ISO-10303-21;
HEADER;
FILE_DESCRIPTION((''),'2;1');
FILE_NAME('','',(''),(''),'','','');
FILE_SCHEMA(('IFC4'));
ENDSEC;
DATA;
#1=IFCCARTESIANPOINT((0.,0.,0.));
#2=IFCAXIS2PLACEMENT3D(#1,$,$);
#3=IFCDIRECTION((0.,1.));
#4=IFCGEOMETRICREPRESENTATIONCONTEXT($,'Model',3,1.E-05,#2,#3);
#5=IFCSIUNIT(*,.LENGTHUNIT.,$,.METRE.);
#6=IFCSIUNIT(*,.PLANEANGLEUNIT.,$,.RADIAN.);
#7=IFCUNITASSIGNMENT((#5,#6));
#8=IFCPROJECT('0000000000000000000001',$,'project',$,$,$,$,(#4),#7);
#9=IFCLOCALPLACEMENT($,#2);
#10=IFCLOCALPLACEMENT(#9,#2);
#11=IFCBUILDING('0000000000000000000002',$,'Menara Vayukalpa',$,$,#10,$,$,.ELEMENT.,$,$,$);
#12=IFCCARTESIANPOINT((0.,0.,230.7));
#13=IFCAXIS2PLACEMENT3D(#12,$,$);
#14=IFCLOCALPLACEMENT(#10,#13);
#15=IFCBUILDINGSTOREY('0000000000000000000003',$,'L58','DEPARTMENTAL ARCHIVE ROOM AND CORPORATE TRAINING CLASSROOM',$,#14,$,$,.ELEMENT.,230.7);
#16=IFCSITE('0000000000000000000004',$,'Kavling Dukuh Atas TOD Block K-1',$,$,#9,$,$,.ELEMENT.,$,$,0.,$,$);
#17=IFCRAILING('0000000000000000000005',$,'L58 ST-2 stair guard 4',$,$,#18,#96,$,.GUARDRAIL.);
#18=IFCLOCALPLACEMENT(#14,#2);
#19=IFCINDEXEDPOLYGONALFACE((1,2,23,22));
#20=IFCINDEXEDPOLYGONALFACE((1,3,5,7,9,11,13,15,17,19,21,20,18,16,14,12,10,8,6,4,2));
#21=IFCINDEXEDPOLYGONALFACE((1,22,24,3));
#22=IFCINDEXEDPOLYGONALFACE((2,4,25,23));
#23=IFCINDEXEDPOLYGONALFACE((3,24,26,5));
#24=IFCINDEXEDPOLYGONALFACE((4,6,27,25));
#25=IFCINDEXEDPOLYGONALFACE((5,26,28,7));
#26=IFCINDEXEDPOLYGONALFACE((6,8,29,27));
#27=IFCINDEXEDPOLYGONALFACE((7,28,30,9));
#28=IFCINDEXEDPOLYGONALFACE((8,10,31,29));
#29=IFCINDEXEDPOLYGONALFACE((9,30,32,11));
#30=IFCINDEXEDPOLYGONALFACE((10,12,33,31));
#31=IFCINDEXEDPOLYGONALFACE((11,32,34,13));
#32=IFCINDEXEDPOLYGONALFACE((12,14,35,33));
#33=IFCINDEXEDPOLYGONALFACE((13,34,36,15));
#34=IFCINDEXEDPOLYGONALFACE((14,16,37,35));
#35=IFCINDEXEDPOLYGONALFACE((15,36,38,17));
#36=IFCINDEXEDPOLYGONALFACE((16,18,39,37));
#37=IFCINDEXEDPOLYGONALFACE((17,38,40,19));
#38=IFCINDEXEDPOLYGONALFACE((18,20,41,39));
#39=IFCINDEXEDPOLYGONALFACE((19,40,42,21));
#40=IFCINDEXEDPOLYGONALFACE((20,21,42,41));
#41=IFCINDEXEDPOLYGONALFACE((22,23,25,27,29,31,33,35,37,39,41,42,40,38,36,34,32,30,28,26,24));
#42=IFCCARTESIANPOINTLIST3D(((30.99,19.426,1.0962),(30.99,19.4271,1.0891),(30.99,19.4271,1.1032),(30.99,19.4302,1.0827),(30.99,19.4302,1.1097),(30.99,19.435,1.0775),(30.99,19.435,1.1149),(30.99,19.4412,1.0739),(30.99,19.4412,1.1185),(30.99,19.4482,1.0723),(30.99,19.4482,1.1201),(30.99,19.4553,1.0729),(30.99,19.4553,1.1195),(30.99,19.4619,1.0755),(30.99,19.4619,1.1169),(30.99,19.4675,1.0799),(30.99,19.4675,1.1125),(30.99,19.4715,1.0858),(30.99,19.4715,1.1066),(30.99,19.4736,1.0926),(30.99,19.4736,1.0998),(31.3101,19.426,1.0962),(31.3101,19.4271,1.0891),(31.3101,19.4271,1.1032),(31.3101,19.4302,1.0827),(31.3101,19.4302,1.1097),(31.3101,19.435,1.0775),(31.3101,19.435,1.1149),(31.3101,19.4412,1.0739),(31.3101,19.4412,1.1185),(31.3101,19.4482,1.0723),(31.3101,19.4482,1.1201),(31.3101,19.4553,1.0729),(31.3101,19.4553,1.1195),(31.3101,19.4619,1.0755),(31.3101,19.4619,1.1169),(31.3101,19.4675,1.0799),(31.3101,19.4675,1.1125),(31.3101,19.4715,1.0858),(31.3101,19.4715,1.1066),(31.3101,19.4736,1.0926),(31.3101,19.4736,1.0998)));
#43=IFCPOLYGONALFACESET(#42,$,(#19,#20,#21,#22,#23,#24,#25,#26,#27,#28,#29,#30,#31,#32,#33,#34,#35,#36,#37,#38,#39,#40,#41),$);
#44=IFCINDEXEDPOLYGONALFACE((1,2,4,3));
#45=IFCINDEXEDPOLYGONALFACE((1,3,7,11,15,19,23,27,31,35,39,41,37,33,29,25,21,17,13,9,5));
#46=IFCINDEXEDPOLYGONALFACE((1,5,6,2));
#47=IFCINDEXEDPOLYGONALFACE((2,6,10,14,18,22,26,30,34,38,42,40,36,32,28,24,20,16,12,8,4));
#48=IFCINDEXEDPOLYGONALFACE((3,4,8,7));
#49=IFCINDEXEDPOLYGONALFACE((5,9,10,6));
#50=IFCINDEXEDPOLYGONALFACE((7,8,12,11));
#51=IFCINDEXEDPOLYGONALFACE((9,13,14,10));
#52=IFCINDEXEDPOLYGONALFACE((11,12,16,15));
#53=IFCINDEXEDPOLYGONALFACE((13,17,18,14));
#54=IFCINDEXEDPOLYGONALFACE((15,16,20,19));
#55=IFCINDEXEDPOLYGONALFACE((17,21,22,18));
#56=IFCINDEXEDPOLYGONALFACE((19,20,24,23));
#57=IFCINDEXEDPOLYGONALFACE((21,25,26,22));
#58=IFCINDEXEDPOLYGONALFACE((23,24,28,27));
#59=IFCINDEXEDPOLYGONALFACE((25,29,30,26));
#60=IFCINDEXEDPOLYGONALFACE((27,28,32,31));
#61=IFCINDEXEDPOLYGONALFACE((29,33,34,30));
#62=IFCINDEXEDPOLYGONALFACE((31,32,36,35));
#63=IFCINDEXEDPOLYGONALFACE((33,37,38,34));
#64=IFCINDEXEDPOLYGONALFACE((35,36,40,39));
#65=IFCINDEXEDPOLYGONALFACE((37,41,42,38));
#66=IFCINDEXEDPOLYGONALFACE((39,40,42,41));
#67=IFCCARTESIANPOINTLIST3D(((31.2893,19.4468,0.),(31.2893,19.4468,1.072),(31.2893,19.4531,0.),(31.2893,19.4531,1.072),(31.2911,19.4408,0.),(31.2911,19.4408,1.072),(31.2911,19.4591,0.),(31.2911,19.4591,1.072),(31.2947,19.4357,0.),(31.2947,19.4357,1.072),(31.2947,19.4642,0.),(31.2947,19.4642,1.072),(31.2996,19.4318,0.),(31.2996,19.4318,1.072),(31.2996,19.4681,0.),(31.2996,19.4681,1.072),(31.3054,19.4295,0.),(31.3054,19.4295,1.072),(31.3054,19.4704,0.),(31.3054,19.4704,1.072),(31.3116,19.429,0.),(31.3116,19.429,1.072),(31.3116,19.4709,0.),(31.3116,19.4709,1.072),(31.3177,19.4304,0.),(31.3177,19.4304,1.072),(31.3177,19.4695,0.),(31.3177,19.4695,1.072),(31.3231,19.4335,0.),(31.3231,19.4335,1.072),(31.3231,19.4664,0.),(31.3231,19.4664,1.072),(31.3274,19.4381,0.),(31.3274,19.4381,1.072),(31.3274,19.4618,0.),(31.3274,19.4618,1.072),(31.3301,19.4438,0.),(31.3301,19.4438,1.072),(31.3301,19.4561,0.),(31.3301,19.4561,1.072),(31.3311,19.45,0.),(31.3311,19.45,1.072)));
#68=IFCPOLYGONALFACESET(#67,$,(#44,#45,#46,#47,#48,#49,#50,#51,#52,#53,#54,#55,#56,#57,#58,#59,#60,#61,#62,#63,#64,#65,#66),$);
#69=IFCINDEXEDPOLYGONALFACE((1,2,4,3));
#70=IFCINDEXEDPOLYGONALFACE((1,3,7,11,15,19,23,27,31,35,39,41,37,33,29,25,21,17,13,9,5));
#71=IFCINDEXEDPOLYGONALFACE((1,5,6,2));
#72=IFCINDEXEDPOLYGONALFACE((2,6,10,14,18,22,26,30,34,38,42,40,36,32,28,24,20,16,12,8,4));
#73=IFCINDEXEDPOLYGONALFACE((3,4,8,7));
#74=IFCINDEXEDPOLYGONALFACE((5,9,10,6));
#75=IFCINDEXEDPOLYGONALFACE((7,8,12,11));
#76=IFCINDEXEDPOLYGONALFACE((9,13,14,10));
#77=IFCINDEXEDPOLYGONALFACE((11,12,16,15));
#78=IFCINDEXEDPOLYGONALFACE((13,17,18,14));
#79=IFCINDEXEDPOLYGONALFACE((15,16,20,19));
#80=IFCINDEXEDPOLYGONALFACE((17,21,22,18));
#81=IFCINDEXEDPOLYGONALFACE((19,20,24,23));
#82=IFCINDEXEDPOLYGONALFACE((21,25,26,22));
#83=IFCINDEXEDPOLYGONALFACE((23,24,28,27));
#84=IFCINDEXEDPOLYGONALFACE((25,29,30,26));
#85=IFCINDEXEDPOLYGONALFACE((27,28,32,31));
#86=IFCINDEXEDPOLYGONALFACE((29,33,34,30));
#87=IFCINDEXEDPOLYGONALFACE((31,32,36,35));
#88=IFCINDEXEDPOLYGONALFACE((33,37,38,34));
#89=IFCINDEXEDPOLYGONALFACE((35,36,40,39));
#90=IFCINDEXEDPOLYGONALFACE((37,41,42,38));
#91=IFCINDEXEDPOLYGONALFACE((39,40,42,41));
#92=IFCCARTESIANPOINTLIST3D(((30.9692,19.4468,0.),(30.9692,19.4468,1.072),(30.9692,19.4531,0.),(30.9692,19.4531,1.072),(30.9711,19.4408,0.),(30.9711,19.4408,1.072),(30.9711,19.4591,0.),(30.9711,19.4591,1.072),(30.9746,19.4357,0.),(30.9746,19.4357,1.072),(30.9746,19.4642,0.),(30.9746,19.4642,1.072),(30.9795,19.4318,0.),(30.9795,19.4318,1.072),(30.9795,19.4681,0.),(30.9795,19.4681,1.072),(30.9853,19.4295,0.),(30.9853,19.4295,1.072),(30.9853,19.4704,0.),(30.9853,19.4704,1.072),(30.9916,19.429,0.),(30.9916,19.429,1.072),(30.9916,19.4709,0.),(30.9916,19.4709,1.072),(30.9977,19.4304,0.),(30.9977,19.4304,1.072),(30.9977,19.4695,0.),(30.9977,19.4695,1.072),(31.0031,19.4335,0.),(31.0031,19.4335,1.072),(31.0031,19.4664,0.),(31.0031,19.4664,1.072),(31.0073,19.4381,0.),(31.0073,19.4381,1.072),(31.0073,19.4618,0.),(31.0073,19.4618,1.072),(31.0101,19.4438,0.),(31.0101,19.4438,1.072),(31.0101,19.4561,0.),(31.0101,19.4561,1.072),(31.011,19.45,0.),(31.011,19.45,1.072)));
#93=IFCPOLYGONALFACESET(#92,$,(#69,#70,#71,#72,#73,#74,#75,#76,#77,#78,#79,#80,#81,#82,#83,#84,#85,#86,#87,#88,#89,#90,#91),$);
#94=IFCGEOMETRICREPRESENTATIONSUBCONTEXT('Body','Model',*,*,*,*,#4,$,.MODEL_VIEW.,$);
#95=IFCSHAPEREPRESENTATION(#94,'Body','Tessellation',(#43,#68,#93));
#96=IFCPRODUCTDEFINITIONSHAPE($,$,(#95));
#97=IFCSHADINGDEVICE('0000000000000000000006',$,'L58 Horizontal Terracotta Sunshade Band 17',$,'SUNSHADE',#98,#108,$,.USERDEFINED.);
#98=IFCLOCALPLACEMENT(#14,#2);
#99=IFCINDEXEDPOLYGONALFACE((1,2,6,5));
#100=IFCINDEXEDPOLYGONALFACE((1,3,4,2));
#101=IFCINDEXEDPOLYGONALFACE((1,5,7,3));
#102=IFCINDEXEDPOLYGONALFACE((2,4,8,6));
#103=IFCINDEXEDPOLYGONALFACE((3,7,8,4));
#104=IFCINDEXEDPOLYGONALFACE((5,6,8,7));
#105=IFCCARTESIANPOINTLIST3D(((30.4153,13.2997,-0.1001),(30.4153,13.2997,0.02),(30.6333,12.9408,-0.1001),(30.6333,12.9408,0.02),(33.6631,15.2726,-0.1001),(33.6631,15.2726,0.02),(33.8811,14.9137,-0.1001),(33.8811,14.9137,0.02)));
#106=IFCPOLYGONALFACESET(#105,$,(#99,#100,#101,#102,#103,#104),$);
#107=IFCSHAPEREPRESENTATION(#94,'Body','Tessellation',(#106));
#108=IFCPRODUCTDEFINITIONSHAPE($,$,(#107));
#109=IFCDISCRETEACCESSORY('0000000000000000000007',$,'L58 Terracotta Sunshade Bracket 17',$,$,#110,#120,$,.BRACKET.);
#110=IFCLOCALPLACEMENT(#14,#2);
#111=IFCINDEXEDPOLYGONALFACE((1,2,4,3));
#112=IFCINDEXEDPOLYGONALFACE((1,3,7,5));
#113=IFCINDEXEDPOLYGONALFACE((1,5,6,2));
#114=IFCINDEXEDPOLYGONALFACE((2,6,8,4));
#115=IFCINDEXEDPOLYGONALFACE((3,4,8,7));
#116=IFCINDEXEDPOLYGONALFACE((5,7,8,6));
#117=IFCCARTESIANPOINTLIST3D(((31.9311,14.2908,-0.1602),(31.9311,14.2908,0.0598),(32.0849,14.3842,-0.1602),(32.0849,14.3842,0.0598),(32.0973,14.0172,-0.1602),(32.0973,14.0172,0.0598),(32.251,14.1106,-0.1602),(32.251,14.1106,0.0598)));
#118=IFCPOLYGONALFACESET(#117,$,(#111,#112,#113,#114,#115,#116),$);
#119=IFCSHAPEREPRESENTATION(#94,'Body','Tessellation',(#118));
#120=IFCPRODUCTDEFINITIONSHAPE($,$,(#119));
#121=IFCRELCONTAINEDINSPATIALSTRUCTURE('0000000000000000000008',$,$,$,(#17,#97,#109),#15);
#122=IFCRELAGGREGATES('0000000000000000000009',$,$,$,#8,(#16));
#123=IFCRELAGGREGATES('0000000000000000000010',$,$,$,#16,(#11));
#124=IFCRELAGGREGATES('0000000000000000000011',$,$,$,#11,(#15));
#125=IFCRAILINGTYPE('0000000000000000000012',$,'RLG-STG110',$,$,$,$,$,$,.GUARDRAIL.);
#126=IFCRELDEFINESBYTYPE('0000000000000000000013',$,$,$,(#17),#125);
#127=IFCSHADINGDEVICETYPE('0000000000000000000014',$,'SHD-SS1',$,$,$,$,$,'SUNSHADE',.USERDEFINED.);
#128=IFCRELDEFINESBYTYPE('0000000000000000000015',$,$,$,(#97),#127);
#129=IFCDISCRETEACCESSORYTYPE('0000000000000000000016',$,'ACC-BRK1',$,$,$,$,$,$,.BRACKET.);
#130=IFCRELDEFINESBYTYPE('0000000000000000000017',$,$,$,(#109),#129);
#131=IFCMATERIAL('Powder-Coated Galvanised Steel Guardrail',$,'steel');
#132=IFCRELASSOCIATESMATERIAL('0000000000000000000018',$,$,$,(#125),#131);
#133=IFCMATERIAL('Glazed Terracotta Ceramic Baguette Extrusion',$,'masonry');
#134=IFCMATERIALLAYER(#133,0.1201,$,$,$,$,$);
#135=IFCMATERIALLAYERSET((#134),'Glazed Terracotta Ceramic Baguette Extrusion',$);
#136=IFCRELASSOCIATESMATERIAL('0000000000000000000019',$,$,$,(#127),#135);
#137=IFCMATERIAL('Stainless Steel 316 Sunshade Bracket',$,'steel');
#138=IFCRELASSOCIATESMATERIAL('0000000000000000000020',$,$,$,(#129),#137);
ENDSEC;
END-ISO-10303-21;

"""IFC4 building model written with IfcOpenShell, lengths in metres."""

from ifc_helpers import new_model, si_unit, direction, frame, origin, origin_2d, place, context, subcontext, project, spatial, rectangle, circle, extrude, material, layer, layer_set, type_object, element, save


model = new_model("IFC4")

# Units and contexts
model_context = context("Model", 3, precision=1e-05, world=origin(), true_north=direction((0.0, 1.0)))
body_context = subcontext(model_context, "Body", "Model", "MODEL_VIEW")
ifc_project = project(units=[si_unit("LENGTHUNIT", "METRE"), si_unit("PLANEANGLEUNIT", "RADIAN")], contexts=[model_context])

# Site, building, storey
site_placement = place(None, origin())
site = spatial("IfcSite", under=ifc_project, at=site_placement, Name="Kavling Dukuh Atas TOD Block K-1", CompositionType="ELEMENT", RefElevation=0.0)
building_placement = place(site_placement, origin())
building = spatial("IfcBuilding", under=site, at=building_placement, Name="Menara Vayukalpa", CompositionType="ELEMENT")
storey_placement = place(building_placement, frame((0.0, 0.0, 230.7)))
storey = spatial("IfcBuildingStorey", under=building, at=storey_placement, Name="L58", Description="DEPARTMENTAL ARCHIVE ROOM AND CORPORATE TRAINING CLASSROOM", CompositionType="ELEMENT", Elevation=230.7)

# Railing
ifc_material_1 = material(Name="Powder-Coated Galvanised Steel Guardrail", Category="steel")
railing_type = type_object("IfcRailingType", Name="RLG-STG110", PredefinedType="GUARDRAIL", material=ifc_material_1)
railing_1_placement = place(storey_placement, frame((31.3101, 19.45, 0.0)))
element("IfcRailing", 1, at=railing_1_placement, inside=storey, type_object=railing_type, Name="L58 ST-2 stair guard 4", PredefinedType="GUARDRAIL", context=body_context, shape_type="SweptSolid", body=[
    extrude(circle(Radius=0.0239, at=origin_2d()), frame((0.0, 0.0, 1.0962), z_axis=(-1.0, 0.0, 0.0), x_axis=(0.0, -1.0, 0.0)), (0.0, 0.0, 1.0), 0.3201),
    extrude(circle(Radius=0.021, at=origin_2d()), origin(), (0.0, 0.0, 1.0), 1.072),
    extrude(circle(Radius=0.021, at=origin_2d()), frame((-0.3201, 0.0, 0.0)), (0.0, 0.0, 1.0), 1.072),
])

# Shading device
ifc_material_2 = material(Name="Glazed Terracotta Ceramic Baguette Extrusion", Category="masonry")
ifc_layer_1 = layer(ifc_material_2, 0.1201)
ifc_layer_set_1 = layer_set([ifc_layer_1], Name="Glazed Terracotta Ceramic Baguette Extrusion")
shading_device_type = type_object("IfcShadingDeviceType", Name="SHD-SS1", ElementType="SUNSHADE", PredefinedType="USERDEFINED", material=ifc_layer_set_1)
shading_device_placement = place(storey_placement, frame((32.1482, 14.1067, -0.1001), z_axis=(0.0, 0.0, 1.0), x_axis=(0.854667, 0.519176, 0.0)))
element("IfcShadingDevice", 2, at=shading_device_placement, inside=storey, type_object=shading_device_type, Name="L58 Horizontal Terracotta Sunshade Band 17", ObjectType="SUNSHADE", PredefinedType="USERDEFINED", context=body_context, shape_type="SweptSolid", body=[
    extrude(rectangle(XDim=3.8, YDim=0.4199, at=origin_2d()), origin(), (0.0, 0.0, 1.0), 0.1201),
])

# Discrete accessory
ifc_material_3 = material(Name="Stainless Steel 316 Sunshade Bracket", Category="steel")
discrete_accessory_type = type_object("IfcDiscreteAccessoryType", Name="ACC-BRK1", PredefinedType="BRACKET", material=ifc_material_3)
discrete_accessory_placement = place(storey_placement, frame((32.0911, 14.2007, -0.1602), z_axis=(0.0, 0.0, 1.0), x_axis=(0.854667, 0.519176, 0.0)))
element("IfcDiscreteAccessory", 3, at=discrete_accessory_placement, inside=storey, type_object=discrete_accessory_type, Name="L58 Terracotta Sunshade Bracket 17", PredefinedType="BRACKET", context=body_context, shape_type="SweptSolid", body=[
    extrude(rectangle(XDim=0.1799, YDim=0.3201, at=origin_2d()), origin(), (0.0, 0.0, 1.0), 0.22),
])

save(model, "model.ifc")
